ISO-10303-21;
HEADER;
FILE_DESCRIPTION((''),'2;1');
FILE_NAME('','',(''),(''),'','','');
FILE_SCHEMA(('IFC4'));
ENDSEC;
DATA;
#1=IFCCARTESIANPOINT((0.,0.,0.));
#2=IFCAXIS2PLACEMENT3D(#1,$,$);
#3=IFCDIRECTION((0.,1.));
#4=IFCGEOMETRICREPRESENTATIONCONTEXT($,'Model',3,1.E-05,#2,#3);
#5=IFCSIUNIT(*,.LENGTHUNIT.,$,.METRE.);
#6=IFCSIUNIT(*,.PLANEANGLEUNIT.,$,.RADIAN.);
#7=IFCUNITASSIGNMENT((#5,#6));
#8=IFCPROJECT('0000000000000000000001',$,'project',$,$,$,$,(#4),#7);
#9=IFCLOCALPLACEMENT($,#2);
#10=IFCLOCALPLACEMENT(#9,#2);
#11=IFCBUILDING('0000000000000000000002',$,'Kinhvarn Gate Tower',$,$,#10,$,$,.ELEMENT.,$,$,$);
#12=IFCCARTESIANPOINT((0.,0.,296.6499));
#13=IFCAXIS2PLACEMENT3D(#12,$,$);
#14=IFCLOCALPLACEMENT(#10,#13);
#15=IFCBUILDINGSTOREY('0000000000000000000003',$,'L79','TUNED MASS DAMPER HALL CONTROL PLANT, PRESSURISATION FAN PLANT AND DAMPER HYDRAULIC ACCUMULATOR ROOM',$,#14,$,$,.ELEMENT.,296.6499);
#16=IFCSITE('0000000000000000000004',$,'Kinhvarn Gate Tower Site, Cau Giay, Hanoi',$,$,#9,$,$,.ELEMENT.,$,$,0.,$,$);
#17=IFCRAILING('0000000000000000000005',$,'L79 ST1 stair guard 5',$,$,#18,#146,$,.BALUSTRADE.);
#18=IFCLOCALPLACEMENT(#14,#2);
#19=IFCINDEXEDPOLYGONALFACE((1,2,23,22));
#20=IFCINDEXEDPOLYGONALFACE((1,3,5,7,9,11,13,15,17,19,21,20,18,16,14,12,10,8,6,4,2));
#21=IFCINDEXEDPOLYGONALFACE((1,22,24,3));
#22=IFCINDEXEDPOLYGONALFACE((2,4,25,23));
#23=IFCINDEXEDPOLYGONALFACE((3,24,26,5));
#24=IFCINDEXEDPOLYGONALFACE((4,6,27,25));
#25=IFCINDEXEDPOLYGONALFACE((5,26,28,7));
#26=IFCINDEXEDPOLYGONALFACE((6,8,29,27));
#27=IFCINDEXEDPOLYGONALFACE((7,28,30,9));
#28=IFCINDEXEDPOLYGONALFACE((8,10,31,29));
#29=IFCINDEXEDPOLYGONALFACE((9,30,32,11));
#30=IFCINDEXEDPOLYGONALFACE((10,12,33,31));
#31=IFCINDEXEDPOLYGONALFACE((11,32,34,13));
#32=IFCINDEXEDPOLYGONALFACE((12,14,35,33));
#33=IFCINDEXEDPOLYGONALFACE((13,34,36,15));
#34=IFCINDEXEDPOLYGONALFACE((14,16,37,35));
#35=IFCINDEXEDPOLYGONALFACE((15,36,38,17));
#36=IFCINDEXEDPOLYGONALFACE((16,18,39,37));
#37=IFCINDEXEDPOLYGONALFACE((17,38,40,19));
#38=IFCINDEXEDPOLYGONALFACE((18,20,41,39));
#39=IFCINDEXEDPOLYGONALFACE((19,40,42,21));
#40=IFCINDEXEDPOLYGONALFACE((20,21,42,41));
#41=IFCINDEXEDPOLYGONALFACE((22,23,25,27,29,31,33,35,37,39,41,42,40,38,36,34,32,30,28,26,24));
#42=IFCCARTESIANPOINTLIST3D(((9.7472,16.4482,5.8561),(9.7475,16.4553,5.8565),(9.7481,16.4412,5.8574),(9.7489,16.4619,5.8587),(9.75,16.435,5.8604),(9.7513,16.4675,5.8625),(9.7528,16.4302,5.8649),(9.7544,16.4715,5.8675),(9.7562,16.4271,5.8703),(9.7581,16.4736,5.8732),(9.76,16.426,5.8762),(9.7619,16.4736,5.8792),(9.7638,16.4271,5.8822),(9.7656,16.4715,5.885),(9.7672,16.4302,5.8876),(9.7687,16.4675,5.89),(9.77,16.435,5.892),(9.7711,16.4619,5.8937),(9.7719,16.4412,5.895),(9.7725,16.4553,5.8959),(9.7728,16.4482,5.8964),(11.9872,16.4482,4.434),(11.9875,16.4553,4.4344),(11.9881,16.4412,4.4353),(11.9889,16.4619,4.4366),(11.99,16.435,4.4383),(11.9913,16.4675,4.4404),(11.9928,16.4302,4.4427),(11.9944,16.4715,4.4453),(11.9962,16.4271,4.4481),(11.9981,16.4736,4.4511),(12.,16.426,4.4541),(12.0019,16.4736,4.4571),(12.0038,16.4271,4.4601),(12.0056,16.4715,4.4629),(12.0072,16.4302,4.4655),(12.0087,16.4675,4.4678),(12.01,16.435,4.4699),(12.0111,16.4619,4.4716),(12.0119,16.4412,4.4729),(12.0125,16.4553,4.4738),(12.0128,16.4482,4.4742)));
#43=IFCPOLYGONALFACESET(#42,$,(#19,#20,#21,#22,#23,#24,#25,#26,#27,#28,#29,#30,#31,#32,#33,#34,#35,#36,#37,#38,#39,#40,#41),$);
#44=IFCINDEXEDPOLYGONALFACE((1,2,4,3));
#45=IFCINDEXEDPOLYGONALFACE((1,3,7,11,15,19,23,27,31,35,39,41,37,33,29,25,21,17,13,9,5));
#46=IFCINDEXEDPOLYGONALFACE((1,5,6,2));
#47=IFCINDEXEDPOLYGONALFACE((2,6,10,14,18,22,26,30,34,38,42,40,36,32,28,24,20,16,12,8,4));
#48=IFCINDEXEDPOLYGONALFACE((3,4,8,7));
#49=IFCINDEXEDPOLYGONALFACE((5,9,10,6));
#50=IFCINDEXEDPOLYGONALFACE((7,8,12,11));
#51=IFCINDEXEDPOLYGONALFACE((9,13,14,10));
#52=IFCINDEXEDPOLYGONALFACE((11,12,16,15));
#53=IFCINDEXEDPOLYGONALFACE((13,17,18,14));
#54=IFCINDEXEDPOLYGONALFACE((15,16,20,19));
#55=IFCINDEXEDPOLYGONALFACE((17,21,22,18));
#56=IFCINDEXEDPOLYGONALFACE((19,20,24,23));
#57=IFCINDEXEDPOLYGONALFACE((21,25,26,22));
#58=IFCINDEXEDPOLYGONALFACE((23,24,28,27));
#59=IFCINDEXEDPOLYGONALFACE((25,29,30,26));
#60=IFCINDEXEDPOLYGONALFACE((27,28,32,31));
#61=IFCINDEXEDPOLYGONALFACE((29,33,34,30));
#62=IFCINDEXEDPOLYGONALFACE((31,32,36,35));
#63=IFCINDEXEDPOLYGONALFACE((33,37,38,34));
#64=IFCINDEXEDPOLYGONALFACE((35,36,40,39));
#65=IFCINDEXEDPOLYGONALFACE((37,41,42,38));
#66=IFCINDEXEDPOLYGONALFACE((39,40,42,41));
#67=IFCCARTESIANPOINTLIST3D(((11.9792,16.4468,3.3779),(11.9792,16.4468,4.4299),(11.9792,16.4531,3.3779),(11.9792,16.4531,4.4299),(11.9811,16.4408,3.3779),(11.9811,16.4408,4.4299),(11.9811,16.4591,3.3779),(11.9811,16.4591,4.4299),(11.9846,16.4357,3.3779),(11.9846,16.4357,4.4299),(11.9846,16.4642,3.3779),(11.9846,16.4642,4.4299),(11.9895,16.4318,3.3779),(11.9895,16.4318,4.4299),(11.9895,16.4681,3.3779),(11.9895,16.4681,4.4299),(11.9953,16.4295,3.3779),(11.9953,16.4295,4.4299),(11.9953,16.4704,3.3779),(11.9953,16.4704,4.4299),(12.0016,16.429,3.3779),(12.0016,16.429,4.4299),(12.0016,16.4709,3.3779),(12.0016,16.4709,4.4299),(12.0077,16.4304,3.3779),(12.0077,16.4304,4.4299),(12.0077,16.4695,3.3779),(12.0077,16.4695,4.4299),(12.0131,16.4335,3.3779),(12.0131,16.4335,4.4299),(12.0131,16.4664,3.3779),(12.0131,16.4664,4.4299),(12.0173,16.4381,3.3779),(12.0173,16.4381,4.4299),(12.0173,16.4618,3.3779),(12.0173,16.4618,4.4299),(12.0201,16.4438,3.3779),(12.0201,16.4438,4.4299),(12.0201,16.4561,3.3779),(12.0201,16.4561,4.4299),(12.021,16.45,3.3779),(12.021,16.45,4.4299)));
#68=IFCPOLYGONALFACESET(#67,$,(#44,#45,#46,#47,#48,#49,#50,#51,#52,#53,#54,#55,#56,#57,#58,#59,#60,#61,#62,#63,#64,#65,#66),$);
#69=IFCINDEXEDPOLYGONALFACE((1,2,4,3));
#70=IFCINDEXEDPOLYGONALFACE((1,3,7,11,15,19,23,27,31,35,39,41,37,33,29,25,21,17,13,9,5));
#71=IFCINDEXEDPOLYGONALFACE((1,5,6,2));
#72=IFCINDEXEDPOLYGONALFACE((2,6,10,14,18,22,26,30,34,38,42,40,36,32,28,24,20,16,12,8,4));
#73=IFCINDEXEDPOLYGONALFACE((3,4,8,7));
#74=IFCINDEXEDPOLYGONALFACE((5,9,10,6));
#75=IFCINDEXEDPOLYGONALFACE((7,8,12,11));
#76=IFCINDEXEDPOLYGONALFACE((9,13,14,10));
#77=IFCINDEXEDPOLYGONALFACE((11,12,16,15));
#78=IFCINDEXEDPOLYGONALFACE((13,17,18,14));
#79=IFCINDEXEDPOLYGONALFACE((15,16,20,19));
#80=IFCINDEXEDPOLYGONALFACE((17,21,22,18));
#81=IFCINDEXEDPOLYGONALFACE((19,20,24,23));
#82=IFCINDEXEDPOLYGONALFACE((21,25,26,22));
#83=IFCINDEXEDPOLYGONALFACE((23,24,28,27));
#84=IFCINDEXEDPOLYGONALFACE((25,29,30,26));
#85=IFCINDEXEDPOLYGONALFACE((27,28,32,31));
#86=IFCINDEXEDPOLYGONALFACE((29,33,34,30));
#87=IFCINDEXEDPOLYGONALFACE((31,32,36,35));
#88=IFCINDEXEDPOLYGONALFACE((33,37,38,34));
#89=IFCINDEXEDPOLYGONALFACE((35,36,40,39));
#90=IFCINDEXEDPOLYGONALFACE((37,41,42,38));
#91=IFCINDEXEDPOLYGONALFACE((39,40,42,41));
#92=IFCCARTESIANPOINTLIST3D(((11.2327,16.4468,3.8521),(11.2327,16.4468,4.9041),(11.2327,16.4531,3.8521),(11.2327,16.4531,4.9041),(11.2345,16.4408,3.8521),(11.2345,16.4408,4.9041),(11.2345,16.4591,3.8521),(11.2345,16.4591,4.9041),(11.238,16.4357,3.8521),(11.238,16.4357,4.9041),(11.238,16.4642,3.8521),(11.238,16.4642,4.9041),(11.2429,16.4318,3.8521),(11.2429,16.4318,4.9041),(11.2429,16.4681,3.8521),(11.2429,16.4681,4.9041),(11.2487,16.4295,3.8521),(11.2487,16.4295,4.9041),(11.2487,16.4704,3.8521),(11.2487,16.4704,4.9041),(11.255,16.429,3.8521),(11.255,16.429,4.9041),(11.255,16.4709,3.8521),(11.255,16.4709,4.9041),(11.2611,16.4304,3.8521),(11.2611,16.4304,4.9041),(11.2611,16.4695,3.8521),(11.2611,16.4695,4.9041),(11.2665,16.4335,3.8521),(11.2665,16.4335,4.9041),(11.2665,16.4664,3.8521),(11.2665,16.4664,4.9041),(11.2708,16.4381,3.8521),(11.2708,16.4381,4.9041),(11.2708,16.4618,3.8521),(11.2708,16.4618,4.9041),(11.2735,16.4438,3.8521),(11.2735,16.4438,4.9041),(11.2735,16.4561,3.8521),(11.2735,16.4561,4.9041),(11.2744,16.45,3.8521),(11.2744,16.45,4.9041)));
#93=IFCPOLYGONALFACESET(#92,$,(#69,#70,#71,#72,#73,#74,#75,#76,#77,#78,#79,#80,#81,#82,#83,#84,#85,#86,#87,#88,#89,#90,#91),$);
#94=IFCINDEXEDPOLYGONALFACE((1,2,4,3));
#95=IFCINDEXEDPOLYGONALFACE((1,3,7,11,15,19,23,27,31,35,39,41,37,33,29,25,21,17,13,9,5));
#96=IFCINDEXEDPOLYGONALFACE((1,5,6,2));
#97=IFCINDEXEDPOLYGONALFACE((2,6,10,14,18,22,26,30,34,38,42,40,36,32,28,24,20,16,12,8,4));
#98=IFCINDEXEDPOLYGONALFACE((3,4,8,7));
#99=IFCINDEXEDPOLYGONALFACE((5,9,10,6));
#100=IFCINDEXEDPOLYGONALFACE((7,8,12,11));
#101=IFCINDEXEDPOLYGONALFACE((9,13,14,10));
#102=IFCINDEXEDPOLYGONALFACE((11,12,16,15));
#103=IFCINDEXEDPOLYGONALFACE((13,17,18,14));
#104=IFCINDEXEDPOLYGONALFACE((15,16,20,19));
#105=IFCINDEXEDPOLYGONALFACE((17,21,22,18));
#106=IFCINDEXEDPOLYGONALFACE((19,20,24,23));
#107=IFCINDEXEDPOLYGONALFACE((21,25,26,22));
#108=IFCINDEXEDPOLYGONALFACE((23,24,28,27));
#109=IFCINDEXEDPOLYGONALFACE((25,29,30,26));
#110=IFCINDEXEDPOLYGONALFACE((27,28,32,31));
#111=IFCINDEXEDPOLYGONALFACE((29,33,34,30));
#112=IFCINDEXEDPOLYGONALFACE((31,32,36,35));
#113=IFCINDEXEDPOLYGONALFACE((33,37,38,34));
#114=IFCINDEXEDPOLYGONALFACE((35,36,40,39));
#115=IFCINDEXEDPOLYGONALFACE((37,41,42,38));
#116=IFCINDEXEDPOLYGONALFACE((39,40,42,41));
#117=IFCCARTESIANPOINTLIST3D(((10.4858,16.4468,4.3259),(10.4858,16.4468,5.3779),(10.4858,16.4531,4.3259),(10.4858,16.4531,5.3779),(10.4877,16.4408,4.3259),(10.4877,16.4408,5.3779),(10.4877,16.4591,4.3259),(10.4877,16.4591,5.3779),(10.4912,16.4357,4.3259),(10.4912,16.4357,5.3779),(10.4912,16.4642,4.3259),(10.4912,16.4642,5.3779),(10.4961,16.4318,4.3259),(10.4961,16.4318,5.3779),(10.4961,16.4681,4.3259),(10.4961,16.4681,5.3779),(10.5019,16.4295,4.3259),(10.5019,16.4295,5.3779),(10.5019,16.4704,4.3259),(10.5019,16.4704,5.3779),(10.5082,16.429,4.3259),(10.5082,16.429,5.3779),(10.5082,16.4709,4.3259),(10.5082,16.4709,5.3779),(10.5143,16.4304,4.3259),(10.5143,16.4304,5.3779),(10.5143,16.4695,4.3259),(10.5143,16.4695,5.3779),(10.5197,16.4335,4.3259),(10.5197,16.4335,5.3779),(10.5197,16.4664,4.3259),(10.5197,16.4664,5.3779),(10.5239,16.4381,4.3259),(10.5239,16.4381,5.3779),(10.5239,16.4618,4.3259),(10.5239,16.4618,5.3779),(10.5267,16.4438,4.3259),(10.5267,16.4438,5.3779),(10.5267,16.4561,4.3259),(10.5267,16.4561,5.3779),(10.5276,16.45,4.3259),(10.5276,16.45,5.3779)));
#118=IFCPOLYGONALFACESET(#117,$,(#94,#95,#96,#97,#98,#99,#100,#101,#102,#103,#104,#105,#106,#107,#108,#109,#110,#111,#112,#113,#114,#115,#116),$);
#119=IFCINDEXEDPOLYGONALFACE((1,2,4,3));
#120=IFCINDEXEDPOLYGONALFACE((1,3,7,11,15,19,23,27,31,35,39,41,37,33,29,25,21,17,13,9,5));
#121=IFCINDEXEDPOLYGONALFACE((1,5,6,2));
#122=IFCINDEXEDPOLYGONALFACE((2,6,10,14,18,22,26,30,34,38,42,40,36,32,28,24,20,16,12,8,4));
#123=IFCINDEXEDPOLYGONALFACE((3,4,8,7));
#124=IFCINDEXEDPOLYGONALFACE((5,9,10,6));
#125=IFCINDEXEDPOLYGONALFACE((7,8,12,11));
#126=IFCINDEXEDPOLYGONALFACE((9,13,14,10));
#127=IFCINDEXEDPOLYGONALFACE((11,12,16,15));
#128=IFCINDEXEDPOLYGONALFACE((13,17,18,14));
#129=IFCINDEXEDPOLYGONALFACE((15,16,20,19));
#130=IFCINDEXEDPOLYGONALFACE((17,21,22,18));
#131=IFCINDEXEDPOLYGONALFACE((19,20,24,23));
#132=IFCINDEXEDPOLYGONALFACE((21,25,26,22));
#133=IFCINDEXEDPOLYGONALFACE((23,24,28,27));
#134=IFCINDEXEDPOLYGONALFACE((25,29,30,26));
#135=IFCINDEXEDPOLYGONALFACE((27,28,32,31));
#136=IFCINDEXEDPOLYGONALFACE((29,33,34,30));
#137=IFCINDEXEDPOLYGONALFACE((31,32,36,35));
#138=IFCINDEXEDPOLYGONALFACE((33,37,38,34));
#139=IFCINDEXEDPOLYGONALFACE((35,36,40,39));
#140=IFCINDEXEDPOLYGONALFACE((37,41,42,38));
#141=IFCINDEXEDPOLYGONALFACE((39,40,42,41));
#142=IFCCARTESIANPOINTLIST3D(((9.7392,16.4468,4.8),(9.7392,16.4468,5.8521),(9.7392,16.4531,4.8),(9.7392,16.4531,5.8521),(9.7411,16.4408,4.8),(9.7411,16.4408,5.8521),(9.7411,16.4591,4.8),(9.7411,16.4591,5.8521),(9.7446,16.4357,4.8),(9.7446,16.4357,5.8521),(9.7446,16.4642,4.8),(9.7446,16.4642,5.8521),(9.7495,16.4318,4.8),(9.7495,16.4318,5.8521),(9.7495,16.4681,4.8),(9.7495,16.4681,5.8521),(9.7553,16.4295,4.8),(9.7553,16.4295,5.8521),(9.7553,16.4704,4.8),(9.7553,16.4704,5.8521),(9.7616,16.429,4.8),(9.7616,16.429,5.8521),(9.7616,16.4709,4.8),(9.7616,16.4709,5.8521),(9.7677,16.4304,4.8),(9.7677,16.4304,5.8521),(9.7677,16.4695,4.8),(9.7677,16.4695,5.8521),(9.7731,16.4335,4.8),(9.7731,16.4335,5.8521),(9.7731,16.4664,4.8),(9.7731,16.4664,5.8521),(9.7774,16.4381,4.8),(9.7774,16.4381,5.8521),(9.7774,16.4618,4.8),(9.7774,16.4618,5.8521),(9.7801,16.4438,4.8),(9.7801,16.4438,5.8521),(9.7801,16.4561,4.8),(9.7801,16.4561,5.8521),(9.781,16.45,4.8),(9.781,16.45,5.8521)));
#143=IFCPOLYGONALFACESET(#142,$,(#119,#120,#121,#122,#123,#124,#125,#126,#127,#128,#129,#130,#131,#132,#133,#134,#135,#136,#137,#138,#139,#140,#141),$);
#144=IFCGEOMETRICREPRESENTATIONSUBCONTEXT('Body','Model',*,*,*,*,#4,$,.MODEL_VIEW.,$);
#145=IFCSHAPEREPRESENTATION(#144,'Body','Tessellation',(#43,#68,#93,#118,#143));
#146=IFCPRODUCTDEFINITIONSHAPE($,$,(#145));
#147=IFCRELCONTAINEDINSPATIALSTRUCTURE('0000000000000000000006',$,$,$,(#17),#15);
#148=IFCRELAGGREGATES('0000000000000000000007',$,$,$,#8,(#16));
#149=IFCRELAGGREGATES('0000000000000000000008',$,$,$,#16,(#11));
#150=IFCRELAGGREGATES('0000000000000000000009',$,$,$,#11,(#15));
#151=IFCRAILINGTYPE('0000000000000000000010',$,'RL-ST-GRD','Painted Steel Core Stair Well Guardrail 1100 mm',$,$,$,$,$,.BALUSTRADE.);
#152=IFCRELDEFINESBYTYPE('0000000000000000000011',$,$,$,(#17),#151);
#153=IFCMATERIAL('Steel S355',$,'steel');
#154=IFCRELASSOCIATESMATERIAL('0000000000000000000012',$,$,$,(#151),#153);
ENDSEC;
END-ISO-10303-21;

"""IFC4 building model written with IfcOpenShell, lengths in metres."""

from ifc_helpers import new_model, si_unit, direction, frame, origin, origin_2d, place, context, subcontext, project, spatial, circle, extrude, material, type_object, element, save


model = new_model("IFC4")

# Units and contexts
model_context = context("Model", 3, precision=1e-05, world=origin(), true_north=direction((0.0, 1.0)))
body_context = subcontext(model_context, "Body", "Model", "MODEL_VIEW")
ifc_project = project(units=[si_unit("LENGTHUNIT", "METRE"), si_unit("PLANEANGLEUNIT", "RADIAN")], contexts=[model_context])

# Site, building, storey
site_placement = place(None, origin())
site = spatial("IfcSite", under=ifc_project, at=site_placement, Name="Kinhvarn Gate Tower Site, Cau Giay, Hanoi", CompositionType="ELEMENT", RefElevation=0.0)
building_placement = place(site_placement, origin())
building = spatial("IfcBuilding", under=site, at=building_placement, Name="Kinhvarn Gate Tower", CompositionType="ELEMENT")
storey_placement = place(building_placement, frame((0.0, 0.0, 296.6499)))
storey = spatial("IfcBuildingStorey", under=building, at=storey_placement, Name="L79", Description="TUNED MASS DAMPER HALL CONTROL PLANT, PRESSURISATION FAN PLANT AND DAMPER HYDRAULIC ACCUMULATOR ROOM", CompositionType="ELEMENT", Elevation=296.6499)

# Shared definitions
ifc_material_1 = material(Name="Steel S355", Category="steel")

# Railing
railing_type_1 = type_object("IfcRailingType", Name="RL-ST-GRD", Description="Painted Steel Core Stair Well Guardrail 1100 mm", PredefinedType="BALUSTRADE", material=ifc_material_1)
railing_1_placement = place(storey_placement, frame((12.0, 16.45, 3.3779)))
element("IfcRailing", 1, at=railing_1_placement, inside=storey, type_object=railing_type_1, Name="L79 ST1 stair guard 5", PredefinedType="BALUSTRADE", context=body_context, shape_type="SweptSolid", body=[
    extrude(circle(Radius=0.0239, at=origin_2d()), frame((0.0, 0.0, 1.0762), z_axis=(-0.844229, 0.0, 0.535982), x_axis=(0.0, -1.0, 0.0)), (0.0, 0.0, 1.0), 2.6533),
    extrude(circle(Radius=0.021, at=origin_2d()), origin(), (0.0, 0.0, 1.0), 1.052),
    extrude(circle(Radius=0.021, at=origin_2d()), frame((-0.7466, 0.0, 0.4741)), (0.0, 0.0, 1.0), 1.052),
    extrude(circle(Radius=0.021, at=origin_2d()), frame((-1.4934, 0.0, 0.948)), (0.0, 0.0, 1.0), 1.052),
    extrude(circle(Radius=0.021, at=origin_2d()), frame((-2.24, 0.0, 1.4221)), (0.0, 0.0, 1.0), 1.052),
])

save(model, "model.ifc")
